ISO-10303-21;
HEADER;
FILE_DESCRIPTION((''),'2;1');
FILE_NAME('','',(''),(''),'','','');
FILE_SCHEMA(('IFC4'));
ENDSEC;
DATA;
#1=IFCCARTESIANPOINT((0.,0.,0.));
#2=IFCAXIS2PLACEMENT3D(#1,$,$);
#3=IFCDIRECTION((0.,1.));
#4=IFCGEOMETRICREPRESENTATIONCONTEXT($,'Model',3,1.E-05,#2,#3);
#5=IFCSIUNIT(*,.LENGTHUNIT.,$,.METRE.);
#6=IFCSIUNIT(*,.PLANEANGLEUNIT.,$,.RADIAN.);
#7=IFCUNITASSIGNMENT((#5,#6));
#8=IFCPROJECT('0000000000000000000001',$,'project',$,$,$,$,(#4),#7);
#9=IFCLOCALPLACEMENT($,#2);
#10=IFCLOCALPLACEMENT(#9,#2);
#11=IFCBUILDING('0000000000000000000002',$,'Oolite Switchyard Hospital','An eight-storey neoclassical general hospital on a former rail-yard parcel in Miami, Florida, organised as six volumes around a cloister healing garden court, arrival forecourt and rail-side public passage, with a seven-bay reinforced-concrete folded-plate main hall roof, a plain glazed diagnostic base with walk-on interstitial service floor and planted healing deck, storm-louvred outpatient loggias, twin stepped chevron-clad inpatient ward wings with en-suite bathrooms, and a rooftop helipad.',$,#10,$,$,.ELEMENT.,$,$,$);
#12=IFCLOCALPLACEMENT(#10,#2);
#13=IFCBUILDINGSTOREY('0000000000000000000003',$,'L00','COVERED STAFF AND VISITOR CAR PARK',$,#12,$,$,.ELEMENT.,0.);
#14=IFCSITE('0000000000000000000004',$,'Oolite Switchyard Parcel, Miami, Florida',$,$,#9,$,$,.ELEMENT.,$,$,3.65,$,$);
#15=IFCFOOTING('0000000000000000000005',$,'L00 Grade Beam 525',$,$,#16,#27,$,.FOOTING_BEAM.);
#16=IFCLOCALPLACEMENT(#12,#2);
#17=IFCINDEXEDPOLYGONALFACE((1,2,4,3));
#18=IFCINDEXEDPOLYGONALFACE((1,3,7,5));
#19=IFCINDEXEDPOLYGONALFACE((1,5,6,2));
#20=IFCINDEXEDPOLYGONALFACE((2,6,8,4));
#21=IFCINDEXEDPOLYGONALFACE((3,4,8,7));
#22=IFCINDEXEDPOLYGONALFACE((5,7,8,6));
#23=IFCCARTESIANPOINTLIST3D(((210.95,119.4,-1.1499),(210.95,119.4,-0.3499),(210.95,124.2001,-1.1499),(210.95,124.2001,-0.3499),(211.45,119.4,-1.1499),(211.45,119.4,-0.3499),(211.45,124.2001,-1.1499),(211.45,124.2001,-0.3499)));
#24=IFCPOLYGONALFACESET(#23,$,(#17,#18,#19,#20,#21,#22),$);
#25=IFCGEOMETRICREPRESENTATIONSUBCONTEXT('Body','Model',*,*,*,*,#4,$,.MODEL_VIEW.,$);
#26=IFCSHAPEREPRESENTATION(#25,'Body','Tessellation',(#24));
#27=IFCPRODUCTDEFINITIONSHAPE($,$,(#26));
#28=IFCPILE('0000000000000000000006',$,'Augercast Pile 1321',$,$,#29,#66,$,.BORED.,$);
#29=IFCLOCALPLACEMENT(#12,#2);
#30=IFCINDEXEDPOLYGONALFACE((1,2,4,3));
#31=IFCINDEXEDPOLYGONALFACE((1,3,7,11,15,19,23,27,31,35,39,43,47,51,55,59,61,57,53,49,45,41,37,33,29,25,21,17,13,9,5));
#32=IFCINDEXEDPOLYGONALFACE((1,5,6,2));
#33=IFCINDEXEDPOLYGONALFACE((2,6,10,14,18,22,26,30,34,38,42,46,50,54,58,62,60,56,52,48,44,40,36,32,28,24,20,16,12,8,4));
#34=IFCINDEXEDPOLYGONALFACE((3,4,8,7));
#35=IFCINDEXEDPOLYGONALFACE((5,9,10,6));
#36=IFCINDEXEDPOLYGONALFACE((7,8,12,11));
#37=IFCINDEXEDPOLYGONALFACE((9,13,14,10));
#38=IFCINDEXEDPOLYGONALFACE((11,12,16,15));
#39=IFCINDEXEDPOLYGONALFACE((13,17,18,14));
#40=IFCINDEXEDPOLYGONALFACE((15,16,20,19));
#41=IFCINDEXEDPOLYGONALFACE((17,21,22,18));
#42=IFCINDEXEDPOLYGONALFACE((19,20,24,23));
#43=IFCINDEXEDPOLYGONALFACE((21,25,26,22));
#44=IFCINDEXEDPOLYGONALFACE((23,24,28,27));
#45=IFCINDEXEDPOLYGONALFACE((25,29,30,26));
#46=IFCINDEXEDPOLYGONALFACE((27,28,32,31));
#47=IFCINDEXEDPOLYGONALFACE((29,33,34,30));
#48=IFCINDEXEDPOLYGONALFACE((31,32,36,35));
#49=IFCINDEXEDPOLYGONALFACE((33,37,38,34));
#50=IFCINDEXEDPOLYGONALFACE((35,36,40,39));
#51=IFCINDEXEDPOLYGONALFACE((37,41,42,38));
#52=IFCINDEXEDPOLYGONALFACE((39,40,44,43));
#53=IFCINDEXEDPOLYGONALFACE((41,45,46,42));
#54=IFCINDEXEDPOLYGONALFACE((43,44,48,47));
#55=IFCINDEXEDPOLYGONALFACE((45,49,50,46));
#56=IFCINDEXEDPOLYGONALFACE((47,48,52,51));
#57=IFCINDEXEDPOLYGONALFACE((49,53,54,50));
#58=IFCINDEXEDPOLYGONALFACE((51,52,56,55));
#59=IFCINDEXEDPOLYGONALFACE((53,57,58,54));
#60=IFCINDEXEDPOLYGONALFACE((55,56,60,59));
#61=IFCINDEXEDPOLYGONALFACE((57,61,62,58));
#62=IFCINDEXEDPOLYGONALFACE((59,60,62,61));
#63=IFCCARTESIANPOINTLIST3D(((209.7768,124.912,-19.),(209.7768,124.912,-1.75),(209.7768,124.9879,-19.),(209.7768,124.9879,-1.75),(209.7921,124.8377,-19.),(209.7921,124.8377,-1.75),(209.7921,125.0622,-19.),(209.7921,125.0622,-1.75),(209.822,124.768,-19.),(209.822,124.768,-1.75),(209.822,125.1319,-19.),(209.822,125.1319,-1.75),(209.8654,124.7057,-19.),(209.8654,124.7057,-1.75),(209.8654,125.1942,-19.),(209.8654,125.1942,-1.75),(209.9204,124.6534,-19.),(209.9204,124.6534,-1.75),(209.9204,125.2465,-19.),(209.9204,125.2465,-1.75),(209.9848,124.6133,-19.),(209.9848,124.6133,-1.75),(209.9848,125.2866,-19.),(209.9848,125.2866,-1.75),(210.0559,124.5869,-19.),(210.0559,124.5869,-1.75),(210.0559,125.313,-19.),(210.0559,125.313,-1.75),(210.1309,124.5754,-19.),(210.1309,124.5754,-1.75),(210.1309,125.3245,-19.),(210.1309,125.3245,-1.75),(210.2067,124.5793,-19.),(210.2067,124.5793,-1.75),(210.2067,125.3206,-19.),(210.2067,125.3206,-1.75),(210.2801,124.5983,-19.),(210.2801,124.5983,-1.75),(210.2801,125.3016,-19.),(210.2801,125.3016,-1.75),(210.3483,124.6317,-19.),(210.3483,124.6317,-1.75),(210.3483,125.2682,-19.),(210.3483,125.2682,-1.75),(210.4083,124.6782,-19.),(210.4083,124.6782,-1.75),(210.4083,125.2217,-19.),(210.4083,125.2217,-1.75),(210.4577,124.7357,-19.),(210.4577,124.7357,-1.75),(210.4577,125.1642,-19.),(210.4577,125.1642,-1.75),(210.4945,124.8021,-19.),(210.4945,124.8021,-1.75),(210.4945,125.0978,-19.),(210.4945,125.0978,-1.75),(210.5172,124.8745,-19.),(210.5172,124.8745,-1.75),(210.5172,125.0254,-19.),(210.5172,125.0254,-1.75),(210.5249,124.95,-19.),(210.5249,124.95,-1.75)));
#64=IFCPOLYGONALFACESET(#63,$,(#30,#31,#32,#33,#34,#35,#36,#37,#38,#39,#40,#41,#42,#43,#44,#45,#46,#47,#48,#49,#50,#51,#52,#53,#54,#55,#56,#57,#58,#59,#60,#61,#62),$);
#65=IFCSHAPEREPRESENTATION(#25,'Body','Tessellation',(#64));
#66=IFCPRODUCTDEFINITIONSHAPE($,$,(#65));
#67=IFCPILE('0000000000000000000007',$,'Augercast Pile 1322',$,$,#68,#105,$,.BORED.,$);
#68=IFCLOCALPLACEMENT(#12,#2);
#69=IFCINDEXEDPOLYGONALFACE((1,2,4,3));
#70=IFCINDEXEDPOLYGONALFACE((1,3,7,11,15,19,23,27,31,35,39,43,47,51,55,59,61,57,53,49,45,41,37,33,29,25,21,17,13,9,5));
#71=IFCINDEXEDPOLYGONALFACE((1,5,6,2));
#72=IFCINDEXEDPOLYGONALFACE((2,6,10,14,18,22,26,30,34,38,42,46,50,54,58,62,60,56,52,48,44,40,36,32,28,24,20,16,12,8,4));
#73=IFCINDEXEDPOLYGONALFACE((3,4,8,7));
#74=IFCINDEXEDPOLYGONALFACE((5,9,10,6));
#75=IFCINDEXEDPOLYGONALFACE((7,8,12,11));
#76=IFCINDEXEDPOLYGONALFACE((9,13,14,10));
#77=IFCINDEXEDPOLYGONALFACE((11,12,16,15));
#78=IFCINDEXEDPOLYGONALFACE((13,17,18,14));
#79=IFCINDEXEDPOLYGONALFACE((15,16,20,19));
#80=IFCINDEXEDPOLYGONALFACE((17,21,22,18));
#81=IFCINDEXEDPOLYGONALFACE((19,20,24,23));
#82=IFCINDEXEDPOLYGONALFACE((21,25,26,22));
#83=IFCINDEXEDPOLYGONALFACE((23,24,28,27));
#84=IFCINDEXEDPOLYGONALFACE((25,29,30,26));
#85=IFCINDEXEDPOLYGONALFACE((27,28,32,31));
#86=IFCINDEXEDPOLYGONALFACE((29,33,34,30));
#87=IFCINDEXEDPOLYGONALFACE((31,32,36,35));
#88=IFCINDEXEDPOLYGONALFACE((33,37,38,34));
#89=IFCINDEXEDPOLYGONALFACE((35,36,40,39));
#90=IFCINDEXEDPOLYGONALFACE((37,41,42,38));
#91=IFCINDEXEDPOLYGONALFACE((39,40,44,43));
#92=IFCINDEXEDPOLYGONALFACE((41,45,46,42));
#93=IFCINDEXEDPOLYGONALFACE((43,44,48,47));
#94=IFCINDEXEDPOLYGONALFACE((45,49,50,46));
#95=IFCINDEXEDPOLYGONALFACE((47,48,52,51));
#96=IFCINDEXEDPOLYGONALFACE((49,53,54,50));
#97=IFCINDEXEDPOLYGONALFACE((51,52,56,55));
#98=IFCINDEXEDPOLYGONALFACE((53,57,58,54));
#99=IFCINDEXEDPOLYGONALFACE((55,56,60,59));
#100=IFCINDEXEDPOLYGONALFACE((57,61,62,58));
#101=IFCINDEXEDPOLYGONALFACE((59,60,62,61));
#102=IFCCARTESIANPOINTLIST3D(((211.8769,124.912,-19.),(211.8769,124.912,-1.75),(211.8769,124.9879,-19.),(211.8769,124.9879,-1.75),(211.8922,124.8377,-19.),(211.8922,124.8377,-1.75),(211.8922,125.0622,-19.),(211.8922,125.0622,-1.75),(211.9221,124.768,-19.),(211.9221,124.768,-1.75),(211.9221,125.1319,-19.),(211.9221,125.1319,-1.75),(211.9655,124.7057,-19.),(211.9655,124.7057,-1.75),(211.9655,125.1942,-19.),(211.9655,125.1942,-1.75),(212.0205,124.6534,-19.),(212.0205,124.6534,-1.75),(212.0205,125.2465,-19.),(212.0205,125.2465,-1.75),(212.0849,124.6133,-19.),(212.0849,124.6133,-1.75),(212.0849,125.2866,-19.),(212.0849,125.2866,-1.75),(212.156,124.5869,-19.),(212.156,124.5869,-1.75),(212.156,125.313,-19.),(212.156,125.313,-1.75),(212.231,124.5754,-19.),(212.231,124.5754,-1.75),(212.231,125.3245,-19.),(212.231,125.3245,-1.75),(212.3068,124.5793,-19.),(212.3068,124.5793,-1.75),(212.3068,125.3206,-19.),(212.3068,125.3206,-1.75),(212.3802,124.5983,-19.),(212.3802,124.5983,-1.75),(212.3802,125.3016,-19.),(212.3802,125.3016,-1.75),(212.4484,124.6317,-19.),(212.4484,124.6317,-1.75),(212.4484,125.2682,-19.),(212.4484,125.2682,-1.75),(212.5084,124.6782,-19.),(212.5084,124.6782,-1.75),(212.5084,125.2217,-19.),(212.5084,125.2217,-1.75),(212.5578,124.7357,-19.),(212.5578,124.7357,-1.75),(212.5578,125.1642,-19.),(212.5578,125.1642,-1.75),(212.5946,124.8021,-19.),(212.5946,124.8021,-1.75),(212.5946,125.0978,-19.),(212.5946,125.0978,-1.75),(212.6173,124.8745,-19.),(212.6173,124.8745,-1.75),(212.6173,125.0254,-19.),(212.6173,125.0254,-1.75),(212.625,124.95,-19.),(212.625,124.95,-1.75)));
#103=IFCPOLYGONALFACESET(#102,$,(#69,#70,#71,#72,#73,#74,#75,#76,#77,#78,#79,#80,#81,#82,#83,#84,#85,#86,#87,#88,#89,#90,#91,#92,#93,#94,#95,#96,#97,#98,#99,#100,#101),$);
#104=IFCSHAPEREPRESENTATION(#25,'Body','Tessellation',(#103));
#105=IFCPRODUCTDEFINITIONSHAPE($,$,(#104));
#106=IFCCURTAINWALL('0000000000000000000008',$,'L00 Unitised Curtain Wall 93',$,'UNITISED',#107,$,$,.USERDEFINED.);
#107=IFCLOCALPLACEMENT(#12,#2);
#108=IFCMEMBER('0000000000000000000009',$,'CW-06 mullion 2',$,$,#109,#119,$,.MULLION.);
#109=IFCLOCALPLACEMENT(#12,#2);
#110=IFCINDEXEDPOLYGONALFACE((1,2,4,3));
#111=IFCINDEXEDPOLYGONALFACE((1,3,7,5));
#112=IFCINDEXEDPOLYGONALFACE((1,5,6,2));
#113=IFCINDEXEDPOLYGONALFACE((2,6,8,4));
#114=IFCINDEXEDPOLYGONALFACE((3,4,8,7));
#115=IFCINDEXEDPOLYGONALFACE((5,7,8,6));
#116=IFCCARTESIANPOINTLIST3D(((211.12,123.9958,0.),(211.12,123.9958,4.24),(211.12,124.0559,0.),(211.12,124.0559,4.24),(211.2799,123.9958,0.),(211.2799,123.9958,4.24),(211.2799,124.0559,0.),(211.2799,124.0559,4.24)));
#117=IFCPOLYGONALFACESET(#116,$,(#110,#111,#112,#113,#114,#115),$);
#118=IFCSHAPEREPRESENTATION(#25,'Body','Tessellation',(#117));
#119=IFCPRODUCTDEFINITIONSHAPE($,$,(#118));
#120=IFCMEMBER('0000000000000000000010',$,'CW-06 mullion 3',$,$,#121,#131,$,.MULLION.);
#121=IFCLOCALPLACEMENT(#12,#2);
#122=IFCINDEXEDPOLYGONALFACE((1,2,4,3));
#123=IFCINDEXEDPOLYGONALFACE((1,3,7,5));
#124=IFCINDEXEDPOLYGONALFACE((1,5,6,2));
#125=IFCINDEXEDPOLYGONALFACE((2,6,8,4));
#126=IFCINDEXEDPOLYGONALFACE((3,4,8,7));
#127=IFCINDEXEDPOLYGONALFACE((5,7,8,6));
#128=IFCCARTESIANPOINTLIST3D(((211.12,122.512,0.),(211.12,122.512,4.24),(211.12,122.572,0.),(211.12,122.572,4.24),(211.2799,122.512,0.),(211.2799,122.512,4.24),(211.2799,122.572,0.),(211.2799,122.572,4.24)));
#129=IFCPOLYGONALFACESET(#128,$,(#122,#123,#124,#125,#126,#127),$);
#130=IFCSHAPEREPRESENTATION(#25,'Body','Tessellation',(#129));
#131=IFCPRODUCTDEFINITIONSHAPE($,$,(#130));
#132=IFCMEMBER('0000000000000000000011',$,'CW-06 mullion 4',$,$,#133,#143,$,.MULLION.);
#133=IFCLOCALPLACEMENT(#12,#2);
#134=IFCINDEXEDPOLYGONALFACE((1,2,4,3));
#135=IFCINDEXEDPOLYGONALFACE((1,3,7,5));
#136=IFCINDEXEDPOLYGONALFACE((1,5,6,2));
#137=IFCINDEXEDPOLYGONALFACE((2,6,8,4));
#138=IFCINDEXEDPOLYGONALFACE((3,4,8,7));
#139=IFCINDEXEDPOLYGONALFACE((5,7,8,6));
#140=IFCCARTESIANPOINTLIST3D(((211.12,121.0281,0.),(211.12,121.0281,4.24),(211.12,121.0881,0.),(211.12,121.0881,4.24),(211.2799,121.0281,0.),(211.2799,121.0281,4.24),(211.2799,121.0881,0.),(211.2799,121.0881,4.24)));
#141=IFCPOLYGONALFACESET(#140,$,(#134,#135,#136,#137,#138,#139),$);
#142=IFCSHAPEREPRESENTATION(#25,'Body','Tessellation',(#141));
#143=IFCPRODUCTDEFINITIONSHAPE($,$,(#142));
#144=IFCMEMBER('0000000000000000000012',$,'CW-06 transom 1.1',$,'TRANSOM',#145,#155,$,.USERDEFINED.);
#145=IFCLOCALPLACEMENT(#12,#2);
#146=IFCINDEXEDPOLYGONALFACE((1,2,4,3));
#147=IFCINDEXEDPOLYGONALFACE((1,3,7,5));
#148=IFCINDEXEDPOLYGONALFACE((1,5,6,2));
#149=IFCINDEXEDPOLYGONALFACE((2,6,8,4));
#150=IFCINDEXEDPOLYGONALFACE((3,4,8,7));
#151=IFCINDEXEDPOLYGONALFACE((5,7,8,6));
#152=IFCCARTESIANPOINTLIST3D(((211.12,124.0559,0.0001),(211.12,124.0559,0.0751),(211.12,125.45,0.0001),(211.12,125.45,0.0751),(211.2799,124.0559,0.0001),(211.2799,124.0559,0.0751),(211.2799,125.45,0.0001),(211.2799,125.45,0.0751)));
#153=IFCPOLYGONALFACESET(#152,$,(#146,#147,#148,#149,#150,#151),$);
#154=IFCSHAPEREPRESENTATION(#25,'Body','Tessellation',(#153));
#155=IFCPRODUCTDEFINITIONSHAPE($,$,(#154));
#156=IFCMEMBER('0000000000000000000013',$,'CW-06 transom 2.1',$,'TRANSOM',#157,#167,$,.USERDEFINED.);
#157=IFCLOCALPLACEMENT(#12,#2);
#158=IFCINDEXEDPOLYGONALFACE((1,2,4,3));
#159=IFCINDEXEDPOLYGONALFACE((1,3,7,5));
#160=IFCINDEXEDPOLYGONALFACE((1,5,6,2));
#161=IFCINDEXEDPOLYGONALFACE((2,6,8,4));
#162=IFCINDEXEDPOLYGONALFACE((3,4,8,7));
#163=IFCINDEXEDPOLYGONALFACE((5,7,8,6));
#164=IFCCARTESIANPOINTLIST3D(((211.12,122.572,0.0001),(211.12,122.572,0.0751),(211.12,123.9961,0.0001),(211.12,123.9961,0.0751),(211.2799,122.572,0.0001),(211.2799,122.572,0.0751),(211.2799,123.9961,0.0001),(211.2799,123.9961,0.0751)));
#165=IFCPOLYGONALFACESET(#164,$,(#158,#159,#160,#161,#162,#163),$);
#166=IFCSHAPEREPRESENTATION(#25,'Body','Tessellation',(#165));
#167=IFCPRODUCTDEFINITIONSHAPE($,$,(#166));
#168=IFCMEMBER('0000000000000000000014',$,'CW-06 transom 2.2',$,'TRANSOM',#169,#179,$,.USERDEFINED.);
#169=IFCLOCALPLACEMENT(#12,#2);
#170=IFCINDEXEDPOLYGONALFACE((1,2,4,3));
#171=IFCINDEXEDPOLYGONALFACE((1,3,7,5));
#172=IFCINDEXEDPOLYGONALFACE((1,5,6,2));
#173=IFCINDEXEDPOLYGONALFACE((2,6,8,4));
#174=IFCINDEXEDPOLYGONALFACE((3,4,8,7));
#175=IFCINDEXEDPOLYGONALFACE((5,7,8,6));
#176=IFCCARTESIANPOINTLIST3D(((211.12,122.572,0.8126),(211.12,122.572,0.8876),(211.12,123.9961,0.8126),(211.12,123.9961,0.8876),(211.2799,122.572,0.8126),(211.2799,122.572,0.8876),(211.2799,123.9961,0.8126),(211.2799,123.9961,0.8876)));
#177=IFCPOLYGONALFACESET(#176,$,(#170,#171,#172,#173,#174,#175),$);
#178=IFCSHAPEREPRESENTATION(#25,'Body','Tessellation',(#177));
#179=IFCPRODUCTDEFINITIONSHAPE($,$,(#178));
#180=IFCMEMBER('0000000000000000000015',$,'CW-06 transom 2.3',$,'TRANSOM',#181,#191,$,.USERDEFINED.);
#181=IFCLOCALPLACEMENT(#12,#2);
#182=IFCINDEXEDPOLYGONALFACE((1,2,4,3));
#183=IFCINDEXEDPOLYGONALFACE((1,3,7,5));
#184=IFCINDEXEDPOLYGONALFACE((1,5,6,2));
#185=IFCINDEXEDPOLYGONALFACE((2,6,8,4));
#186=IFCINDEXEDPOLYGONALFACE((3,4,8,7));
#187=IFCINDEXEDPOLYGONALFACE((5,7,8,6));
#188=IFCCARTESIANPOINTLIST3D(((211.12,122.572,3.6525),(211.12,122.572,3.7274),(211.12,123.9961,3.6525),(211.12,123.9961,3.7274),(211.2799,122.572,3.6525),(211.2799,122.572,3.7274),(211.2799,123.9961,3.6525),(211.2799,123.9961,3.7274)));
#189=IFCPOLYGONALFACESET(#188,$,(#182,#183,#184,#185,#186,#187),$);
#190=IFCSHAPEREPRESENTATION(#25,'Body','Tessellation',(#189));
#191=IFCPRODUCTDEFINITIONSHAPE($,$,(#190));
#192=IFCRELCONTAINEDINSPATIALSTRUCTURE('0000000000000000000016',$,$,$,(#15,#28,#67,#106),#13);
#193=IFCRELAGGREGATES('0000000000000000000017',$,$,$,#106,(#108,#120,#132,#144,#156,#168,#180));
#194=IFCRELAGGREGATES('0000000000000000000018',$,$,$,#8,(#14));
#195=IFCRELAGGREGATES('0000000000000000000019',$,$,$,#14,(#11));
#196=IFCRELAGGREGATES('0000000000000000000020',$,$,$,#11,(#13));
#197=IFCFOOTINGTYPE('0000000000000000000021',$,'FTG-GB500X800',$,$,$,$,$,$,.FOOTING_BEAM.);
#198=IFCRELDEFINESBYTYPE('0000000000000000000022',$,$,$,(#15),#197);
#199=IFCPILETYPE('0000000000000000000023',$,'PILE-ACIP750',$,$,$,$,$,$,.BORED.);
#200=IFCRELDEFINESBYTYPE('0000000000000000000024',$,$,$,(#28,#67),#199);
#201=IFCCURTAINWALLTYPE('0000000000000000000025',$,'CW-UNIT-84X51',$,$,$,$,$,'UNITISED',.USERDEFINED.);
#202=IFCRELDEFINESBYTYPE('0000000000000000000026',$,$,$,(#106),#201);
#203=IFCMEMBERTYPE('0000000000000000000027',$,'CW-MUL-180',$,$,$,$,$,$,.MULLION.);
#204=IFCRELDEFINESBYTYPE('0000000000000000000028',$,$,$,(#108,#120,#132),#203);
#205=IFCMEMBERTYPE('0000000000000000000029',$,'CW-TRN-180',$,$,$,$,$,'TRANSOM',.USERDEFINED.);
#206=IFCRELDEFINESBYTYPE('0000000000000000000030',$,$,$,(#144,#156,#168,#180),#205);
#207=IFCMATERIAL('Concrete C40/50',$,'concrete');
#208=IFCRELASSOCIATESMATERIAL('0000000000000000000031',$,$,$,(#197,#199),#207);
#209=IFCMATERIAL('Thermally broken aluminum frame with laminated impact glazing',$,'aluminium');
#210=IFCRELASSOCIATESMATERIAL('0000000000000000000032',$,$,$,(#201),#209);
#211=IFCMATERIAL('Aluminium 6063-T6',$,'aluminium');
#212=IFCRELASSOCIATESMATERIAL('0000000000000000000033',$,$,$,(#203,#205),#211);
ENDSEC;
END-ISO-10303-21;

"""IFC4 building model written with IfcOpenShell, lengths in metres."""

from ifc_helpers import new_model, si_unit, direction, frame, origin, origin_2d, place, context, subcontext, project, spatial, rectangle, circle, extrude, material, material_profile, profile_set, type_object, element, aggregate, save


model = new_model("IFC4")

# Units and contexts
model_context = context("Model", 3, precision=1e-05, world=origin(), true_north=direction((0.0, 1.0)))
body_context = subcontext(model_context, "Body", "Model", "MODEL_VIEW")
ifc_project = project(units=[si_unit("LENGTHUNIT", "METRE"), si_unit("PLANEANGLEUNIT", "RADIAN")], contexts=[model_context])

# Site, building, storey
site_placement = place(None, origin())
site = spatial("IfcSite", under=ifc_project, at=site_placement, Name="Oolite Switchyard Parcel, Miami, Florida", CompositionType="ELEMENT", RefElevation=3.65)
building_placement = place(site_placement, origin())
building = spatial("IfcBuilding", under=site, at=building_placement, Name="Oolite Switchyard Hospital", Description="An eight-storey neoclassical general hospital on a former rail-yard parcel in Miami, Florida, organised as six volumes around a cloister healing garden court, arrival forecourt and rail-side public passage, with a seven-bay reinforced-concrete folded-plate main hall roof, a plain glazed diagnostic base with walk-on interstitial service floor and planted healing deck, storm-louvred outpatient loggias, twin stepped chevron-clad inpatient ward wings with en-suite bathrooms, and a rooftop helipad.", CompositionType="ELEMENT")
storey_placement = place(building_placement, origin())
storey = spatial("IfcBuildingStorey", under=building, at=storey_placement, Name="L00", Description="COVERED STAFF AND VISITOR CAR PARK", CompositionType="ELEMENT", Elevation=0.0)

# Footing
ifc_material_1 = material(Name="Concrete C40/50", Category="concrete")
footing_type = type_object("IfcFootingType", Name="FTG-GB500X800", PredefinedType="FOOTING_BEAM", material=ifc_material_1)
footing_placement = place(storey_placement, frame((211.2, 121.8, -1.1499), z_axis=(0.0, 0.0, 1.0), x_axis=(0.0, 1.0, 0.0)))
element("IfcFooting", 1, at=footing_placement, inside=storey, type_object=footing_type, Name="L00 Grade Beam 525", PredefinedType="FOOTING_BEAM", context=body_context, shape_type="SweptSolid", body=[
    extrude(rectangle(XDim=4.8, YDim=0.5, at=origin_2d()), origin(), (0.0, 0.0, 1.0), 0.8),
])

# Piles
ifc_material_profile_1 = material_profile(ifc_material_1, circle(Radius=0.375, at=origin_2d()), Name="PILE750")
ifc_profile_set_1 = profile_set([ifc_material_profile_1], Name="Concrete C40/50")
pile_type = type_object("IfcPileType", Name="PILE-ACIP750", PredefinedType="BORED", material=ifc_profile_set_1)
for number, where, z_axis, x_axis, name in (
    (2, (210.1499, 124.95, -1.75), (0.0, 0.0, -1.0), (1.0, 0.0, 0.0), "Augercast Pile 1321"),
    (3, (212.25, 124.95, -1.75), (0.0, 0.0, -1.0), (1.0, 0.0, 0.0), "Augercast Pile 1322"),
):
    element("IfcPile", number, at=place(storey_placement, frame(where, z_axis=z_axis, x_axis=x_axis)), inside=storey, type_object=pile_type, Name=name, PredefinedType="BORED", context=body_context, shape_type="SweptSolid", body=[
        extrude(circle(Radius=0.375, at=origin_2d()), origin(), (0.0, 0.0, 1.0), 17.25),
    ])

# Curtain wall, members
ifc_material_2 = material(Name="Thermally broken aluminum frame with laminated impact glazing", Category="aluminium")
curtain_wall_type = type_object("IfcCurtainWallType", Name="CW-UNIT-84X51", ElementType="UNITISED", PredefinedType="USERDEFINED", material=ifc_material_2)
curtain_wall_placement = place(storey_placement, origin())
curtain_wall = element("IfcCurtainWall", 4, at=curtain_wall_placement, inside=storey, type_object=curtain_wall_type, Name="L00 Unitised Curtain Wall 93", ObjectType="UNITISED", PredefinedType="USERDEFINED")
ifc_material_3 = material(Name="Aluminium 6063-T6", Category="aluminium")
ifc_material_profile_2 = material_profile(ifc_material_3, rectangle(XDim=0.1599, YDim=0.0601, at=origin_2d()), Name="CWM60X160")
ifc_profile_set_2 = profile_set([ifc_material_profile_2], Name="Aluminium 6063-T6")
member_type_1 = type_object("IfcMemberType", Name="CW-MUL-180", PredefinedType="MULLION", material=ifc_profile_set_2)
member_1_placement = place(storey_placement, frame((211.2, 124.0259, 0.0), z_axis=(0.0, 0.0, 1.0), x_axis=(1.0, 0.0, 0.0)))
member_1 = element("IfcMember", 5, at=member_1_placement, type_object=member_type_1, Name="CW-06 mullion 2", PredefinedType="MULLION", context=body_context, shape_type="SweptSolid", body=[
    extrude(rectangle(XDim=0.1599, YDim=0.0601, at=origin_2d()), origin(), (0.0, 0.0, 1.0), 4.24),
])
member_2_placement = place(storey_placement, frame((211.2, 122.542, 0.0), z_axis=(0.0, 0.0, 1.0), x_axis=(1.0, 0.0, 0.0)))
member_2 = element("IfcMember", 6, at=member_2_placement, type_object=member_type_1, Name="CW-06 mullion 3", PredefinedType="MULLION", context=body_context, shape_type="SweptSolid", body=[
    extrude(rectangle(XDim=0.1599, YDim=0.0601, at=origin_2d()), origin(), (0.0, 0.0, 1.0), 4.24),
])
member_3_placement = place(storey_placement, frame((211.2, 121.0581, 0.0), z_axis=(0.0, 0.0, 1.0), x_axis=(1.0, 0.0, 0.0)))
member_3 = element("IfcMember", 7, at=member_3_placement, type_object=member_type_1, Name="CW-06 mullion 4", PredefinedType="MULLION", context=body_context, shape_type="SweptSolid", body=[
    extrude(rectangle(XDim=0.1599, YDim=0.0601, at=origin_2d()), origin(), (0.0, 0.0, 1.0), 4.24),
])
ifc_material_profile_3 = material_profile(ifc_material_3, rectangle(XDim=0.1599, YDim=0.075, at=origin_2d()), Name="CWT75X160")
ifc_profile_set_3 = profile_set([ifc_material_profile_3], Name="Aluminium 6063-T6")
member_type_2 = type_object("IfcMemberType", Name="CW-TRN-180", ElementType="TRANSOM", PredefinedType="USERDEFINED", material=ifc_profile_set_3)
member_4_placement = place(storey_placement, frame((211.2, 125.45, 0.0376), z_axis=(0.0, -1.0, 0.0), x_axis=(1.0, 0.0, 0.0)))
member_4 = element("IfcMember", 8, at=member_4_placement, type_object=member_type_2, Name="CW-06 transom 1.1", ObjectType="TRANSOM", PredefinedType="USERDEFINED", context=body_context, shape_type="SweptSolid", body=[
    extrude(rectangle(XDim=0.1599, YDim=0.075, at=origin_2d()), origin(), (0.0, 0.0, 1.0), 1.394),
])
member_5_placement = place(storey_placement, frame((211.2, 123.9961, 0.0376), z_axis=(0.0, -1.0, 0.0), x_axis=(1.0, 0.0, 0.0)))
member_5 = element("IfcMember", 9, at=member_5_placement, type_object=member_type_2, Name="CW-06 transom 2.1", ObjectType="TRANSOM", PredefinedType="USERDEFINED", context=body_context, shape_type="SweptSolid", body=[
    extrude(rectangle(XDim=0.1599, YDim=0.075, at=origin_2d()), origin(), (0.0, 0.0, 1.0), 1.4241),
])
member_6_placement = place(storey_placement, frame((211.2, 123.9961, 0.8501), z_axis=(0.0, -1.0, 0.0), x_axis=(1.0, 0.0, 0.0)))
member_6 = element("IfcMember", 10, at=member_6_placement, type_object=member_type_2, Name="CW-06 transom 2.2", ObjectType="TRANSOM", PredefinedType="USERDEFINED", context=body_context, shape_type="SweptSolid", body=[
    extrude(rectangle(XDim=0.1599, YDim=0.075, at=origin_2d()), origin(), (0.0, 0.0, 1.0), 1.4241),
])
member_7_placement = place(storey_placement, frame((211.2, 123.9961, 3.6899), z_axis=(0.0, -1.0, 0.0), x_axis=(1.0, 0.0, 0.0)))
member_7 = element("IfcMember", 11, at=member_7_placement, type_object=member_type_2, Name="CW-06 transom 2.3", ObjectType="TRANSOM", PredefinedType="USERDEFINED", context=body_context, shape_type="SweptSolid", body=[
    extrude(rectangle(XDim=0.1599, YDim=0.075, at=origin_2d()), origin(), (0.0, 0.0, 1.0), 1.4241),
])
aggregate(curtain_wall, [member_1, member_2, member_3, member_4, member_5, member_6, member_7])

save(model, "model.ifc")
